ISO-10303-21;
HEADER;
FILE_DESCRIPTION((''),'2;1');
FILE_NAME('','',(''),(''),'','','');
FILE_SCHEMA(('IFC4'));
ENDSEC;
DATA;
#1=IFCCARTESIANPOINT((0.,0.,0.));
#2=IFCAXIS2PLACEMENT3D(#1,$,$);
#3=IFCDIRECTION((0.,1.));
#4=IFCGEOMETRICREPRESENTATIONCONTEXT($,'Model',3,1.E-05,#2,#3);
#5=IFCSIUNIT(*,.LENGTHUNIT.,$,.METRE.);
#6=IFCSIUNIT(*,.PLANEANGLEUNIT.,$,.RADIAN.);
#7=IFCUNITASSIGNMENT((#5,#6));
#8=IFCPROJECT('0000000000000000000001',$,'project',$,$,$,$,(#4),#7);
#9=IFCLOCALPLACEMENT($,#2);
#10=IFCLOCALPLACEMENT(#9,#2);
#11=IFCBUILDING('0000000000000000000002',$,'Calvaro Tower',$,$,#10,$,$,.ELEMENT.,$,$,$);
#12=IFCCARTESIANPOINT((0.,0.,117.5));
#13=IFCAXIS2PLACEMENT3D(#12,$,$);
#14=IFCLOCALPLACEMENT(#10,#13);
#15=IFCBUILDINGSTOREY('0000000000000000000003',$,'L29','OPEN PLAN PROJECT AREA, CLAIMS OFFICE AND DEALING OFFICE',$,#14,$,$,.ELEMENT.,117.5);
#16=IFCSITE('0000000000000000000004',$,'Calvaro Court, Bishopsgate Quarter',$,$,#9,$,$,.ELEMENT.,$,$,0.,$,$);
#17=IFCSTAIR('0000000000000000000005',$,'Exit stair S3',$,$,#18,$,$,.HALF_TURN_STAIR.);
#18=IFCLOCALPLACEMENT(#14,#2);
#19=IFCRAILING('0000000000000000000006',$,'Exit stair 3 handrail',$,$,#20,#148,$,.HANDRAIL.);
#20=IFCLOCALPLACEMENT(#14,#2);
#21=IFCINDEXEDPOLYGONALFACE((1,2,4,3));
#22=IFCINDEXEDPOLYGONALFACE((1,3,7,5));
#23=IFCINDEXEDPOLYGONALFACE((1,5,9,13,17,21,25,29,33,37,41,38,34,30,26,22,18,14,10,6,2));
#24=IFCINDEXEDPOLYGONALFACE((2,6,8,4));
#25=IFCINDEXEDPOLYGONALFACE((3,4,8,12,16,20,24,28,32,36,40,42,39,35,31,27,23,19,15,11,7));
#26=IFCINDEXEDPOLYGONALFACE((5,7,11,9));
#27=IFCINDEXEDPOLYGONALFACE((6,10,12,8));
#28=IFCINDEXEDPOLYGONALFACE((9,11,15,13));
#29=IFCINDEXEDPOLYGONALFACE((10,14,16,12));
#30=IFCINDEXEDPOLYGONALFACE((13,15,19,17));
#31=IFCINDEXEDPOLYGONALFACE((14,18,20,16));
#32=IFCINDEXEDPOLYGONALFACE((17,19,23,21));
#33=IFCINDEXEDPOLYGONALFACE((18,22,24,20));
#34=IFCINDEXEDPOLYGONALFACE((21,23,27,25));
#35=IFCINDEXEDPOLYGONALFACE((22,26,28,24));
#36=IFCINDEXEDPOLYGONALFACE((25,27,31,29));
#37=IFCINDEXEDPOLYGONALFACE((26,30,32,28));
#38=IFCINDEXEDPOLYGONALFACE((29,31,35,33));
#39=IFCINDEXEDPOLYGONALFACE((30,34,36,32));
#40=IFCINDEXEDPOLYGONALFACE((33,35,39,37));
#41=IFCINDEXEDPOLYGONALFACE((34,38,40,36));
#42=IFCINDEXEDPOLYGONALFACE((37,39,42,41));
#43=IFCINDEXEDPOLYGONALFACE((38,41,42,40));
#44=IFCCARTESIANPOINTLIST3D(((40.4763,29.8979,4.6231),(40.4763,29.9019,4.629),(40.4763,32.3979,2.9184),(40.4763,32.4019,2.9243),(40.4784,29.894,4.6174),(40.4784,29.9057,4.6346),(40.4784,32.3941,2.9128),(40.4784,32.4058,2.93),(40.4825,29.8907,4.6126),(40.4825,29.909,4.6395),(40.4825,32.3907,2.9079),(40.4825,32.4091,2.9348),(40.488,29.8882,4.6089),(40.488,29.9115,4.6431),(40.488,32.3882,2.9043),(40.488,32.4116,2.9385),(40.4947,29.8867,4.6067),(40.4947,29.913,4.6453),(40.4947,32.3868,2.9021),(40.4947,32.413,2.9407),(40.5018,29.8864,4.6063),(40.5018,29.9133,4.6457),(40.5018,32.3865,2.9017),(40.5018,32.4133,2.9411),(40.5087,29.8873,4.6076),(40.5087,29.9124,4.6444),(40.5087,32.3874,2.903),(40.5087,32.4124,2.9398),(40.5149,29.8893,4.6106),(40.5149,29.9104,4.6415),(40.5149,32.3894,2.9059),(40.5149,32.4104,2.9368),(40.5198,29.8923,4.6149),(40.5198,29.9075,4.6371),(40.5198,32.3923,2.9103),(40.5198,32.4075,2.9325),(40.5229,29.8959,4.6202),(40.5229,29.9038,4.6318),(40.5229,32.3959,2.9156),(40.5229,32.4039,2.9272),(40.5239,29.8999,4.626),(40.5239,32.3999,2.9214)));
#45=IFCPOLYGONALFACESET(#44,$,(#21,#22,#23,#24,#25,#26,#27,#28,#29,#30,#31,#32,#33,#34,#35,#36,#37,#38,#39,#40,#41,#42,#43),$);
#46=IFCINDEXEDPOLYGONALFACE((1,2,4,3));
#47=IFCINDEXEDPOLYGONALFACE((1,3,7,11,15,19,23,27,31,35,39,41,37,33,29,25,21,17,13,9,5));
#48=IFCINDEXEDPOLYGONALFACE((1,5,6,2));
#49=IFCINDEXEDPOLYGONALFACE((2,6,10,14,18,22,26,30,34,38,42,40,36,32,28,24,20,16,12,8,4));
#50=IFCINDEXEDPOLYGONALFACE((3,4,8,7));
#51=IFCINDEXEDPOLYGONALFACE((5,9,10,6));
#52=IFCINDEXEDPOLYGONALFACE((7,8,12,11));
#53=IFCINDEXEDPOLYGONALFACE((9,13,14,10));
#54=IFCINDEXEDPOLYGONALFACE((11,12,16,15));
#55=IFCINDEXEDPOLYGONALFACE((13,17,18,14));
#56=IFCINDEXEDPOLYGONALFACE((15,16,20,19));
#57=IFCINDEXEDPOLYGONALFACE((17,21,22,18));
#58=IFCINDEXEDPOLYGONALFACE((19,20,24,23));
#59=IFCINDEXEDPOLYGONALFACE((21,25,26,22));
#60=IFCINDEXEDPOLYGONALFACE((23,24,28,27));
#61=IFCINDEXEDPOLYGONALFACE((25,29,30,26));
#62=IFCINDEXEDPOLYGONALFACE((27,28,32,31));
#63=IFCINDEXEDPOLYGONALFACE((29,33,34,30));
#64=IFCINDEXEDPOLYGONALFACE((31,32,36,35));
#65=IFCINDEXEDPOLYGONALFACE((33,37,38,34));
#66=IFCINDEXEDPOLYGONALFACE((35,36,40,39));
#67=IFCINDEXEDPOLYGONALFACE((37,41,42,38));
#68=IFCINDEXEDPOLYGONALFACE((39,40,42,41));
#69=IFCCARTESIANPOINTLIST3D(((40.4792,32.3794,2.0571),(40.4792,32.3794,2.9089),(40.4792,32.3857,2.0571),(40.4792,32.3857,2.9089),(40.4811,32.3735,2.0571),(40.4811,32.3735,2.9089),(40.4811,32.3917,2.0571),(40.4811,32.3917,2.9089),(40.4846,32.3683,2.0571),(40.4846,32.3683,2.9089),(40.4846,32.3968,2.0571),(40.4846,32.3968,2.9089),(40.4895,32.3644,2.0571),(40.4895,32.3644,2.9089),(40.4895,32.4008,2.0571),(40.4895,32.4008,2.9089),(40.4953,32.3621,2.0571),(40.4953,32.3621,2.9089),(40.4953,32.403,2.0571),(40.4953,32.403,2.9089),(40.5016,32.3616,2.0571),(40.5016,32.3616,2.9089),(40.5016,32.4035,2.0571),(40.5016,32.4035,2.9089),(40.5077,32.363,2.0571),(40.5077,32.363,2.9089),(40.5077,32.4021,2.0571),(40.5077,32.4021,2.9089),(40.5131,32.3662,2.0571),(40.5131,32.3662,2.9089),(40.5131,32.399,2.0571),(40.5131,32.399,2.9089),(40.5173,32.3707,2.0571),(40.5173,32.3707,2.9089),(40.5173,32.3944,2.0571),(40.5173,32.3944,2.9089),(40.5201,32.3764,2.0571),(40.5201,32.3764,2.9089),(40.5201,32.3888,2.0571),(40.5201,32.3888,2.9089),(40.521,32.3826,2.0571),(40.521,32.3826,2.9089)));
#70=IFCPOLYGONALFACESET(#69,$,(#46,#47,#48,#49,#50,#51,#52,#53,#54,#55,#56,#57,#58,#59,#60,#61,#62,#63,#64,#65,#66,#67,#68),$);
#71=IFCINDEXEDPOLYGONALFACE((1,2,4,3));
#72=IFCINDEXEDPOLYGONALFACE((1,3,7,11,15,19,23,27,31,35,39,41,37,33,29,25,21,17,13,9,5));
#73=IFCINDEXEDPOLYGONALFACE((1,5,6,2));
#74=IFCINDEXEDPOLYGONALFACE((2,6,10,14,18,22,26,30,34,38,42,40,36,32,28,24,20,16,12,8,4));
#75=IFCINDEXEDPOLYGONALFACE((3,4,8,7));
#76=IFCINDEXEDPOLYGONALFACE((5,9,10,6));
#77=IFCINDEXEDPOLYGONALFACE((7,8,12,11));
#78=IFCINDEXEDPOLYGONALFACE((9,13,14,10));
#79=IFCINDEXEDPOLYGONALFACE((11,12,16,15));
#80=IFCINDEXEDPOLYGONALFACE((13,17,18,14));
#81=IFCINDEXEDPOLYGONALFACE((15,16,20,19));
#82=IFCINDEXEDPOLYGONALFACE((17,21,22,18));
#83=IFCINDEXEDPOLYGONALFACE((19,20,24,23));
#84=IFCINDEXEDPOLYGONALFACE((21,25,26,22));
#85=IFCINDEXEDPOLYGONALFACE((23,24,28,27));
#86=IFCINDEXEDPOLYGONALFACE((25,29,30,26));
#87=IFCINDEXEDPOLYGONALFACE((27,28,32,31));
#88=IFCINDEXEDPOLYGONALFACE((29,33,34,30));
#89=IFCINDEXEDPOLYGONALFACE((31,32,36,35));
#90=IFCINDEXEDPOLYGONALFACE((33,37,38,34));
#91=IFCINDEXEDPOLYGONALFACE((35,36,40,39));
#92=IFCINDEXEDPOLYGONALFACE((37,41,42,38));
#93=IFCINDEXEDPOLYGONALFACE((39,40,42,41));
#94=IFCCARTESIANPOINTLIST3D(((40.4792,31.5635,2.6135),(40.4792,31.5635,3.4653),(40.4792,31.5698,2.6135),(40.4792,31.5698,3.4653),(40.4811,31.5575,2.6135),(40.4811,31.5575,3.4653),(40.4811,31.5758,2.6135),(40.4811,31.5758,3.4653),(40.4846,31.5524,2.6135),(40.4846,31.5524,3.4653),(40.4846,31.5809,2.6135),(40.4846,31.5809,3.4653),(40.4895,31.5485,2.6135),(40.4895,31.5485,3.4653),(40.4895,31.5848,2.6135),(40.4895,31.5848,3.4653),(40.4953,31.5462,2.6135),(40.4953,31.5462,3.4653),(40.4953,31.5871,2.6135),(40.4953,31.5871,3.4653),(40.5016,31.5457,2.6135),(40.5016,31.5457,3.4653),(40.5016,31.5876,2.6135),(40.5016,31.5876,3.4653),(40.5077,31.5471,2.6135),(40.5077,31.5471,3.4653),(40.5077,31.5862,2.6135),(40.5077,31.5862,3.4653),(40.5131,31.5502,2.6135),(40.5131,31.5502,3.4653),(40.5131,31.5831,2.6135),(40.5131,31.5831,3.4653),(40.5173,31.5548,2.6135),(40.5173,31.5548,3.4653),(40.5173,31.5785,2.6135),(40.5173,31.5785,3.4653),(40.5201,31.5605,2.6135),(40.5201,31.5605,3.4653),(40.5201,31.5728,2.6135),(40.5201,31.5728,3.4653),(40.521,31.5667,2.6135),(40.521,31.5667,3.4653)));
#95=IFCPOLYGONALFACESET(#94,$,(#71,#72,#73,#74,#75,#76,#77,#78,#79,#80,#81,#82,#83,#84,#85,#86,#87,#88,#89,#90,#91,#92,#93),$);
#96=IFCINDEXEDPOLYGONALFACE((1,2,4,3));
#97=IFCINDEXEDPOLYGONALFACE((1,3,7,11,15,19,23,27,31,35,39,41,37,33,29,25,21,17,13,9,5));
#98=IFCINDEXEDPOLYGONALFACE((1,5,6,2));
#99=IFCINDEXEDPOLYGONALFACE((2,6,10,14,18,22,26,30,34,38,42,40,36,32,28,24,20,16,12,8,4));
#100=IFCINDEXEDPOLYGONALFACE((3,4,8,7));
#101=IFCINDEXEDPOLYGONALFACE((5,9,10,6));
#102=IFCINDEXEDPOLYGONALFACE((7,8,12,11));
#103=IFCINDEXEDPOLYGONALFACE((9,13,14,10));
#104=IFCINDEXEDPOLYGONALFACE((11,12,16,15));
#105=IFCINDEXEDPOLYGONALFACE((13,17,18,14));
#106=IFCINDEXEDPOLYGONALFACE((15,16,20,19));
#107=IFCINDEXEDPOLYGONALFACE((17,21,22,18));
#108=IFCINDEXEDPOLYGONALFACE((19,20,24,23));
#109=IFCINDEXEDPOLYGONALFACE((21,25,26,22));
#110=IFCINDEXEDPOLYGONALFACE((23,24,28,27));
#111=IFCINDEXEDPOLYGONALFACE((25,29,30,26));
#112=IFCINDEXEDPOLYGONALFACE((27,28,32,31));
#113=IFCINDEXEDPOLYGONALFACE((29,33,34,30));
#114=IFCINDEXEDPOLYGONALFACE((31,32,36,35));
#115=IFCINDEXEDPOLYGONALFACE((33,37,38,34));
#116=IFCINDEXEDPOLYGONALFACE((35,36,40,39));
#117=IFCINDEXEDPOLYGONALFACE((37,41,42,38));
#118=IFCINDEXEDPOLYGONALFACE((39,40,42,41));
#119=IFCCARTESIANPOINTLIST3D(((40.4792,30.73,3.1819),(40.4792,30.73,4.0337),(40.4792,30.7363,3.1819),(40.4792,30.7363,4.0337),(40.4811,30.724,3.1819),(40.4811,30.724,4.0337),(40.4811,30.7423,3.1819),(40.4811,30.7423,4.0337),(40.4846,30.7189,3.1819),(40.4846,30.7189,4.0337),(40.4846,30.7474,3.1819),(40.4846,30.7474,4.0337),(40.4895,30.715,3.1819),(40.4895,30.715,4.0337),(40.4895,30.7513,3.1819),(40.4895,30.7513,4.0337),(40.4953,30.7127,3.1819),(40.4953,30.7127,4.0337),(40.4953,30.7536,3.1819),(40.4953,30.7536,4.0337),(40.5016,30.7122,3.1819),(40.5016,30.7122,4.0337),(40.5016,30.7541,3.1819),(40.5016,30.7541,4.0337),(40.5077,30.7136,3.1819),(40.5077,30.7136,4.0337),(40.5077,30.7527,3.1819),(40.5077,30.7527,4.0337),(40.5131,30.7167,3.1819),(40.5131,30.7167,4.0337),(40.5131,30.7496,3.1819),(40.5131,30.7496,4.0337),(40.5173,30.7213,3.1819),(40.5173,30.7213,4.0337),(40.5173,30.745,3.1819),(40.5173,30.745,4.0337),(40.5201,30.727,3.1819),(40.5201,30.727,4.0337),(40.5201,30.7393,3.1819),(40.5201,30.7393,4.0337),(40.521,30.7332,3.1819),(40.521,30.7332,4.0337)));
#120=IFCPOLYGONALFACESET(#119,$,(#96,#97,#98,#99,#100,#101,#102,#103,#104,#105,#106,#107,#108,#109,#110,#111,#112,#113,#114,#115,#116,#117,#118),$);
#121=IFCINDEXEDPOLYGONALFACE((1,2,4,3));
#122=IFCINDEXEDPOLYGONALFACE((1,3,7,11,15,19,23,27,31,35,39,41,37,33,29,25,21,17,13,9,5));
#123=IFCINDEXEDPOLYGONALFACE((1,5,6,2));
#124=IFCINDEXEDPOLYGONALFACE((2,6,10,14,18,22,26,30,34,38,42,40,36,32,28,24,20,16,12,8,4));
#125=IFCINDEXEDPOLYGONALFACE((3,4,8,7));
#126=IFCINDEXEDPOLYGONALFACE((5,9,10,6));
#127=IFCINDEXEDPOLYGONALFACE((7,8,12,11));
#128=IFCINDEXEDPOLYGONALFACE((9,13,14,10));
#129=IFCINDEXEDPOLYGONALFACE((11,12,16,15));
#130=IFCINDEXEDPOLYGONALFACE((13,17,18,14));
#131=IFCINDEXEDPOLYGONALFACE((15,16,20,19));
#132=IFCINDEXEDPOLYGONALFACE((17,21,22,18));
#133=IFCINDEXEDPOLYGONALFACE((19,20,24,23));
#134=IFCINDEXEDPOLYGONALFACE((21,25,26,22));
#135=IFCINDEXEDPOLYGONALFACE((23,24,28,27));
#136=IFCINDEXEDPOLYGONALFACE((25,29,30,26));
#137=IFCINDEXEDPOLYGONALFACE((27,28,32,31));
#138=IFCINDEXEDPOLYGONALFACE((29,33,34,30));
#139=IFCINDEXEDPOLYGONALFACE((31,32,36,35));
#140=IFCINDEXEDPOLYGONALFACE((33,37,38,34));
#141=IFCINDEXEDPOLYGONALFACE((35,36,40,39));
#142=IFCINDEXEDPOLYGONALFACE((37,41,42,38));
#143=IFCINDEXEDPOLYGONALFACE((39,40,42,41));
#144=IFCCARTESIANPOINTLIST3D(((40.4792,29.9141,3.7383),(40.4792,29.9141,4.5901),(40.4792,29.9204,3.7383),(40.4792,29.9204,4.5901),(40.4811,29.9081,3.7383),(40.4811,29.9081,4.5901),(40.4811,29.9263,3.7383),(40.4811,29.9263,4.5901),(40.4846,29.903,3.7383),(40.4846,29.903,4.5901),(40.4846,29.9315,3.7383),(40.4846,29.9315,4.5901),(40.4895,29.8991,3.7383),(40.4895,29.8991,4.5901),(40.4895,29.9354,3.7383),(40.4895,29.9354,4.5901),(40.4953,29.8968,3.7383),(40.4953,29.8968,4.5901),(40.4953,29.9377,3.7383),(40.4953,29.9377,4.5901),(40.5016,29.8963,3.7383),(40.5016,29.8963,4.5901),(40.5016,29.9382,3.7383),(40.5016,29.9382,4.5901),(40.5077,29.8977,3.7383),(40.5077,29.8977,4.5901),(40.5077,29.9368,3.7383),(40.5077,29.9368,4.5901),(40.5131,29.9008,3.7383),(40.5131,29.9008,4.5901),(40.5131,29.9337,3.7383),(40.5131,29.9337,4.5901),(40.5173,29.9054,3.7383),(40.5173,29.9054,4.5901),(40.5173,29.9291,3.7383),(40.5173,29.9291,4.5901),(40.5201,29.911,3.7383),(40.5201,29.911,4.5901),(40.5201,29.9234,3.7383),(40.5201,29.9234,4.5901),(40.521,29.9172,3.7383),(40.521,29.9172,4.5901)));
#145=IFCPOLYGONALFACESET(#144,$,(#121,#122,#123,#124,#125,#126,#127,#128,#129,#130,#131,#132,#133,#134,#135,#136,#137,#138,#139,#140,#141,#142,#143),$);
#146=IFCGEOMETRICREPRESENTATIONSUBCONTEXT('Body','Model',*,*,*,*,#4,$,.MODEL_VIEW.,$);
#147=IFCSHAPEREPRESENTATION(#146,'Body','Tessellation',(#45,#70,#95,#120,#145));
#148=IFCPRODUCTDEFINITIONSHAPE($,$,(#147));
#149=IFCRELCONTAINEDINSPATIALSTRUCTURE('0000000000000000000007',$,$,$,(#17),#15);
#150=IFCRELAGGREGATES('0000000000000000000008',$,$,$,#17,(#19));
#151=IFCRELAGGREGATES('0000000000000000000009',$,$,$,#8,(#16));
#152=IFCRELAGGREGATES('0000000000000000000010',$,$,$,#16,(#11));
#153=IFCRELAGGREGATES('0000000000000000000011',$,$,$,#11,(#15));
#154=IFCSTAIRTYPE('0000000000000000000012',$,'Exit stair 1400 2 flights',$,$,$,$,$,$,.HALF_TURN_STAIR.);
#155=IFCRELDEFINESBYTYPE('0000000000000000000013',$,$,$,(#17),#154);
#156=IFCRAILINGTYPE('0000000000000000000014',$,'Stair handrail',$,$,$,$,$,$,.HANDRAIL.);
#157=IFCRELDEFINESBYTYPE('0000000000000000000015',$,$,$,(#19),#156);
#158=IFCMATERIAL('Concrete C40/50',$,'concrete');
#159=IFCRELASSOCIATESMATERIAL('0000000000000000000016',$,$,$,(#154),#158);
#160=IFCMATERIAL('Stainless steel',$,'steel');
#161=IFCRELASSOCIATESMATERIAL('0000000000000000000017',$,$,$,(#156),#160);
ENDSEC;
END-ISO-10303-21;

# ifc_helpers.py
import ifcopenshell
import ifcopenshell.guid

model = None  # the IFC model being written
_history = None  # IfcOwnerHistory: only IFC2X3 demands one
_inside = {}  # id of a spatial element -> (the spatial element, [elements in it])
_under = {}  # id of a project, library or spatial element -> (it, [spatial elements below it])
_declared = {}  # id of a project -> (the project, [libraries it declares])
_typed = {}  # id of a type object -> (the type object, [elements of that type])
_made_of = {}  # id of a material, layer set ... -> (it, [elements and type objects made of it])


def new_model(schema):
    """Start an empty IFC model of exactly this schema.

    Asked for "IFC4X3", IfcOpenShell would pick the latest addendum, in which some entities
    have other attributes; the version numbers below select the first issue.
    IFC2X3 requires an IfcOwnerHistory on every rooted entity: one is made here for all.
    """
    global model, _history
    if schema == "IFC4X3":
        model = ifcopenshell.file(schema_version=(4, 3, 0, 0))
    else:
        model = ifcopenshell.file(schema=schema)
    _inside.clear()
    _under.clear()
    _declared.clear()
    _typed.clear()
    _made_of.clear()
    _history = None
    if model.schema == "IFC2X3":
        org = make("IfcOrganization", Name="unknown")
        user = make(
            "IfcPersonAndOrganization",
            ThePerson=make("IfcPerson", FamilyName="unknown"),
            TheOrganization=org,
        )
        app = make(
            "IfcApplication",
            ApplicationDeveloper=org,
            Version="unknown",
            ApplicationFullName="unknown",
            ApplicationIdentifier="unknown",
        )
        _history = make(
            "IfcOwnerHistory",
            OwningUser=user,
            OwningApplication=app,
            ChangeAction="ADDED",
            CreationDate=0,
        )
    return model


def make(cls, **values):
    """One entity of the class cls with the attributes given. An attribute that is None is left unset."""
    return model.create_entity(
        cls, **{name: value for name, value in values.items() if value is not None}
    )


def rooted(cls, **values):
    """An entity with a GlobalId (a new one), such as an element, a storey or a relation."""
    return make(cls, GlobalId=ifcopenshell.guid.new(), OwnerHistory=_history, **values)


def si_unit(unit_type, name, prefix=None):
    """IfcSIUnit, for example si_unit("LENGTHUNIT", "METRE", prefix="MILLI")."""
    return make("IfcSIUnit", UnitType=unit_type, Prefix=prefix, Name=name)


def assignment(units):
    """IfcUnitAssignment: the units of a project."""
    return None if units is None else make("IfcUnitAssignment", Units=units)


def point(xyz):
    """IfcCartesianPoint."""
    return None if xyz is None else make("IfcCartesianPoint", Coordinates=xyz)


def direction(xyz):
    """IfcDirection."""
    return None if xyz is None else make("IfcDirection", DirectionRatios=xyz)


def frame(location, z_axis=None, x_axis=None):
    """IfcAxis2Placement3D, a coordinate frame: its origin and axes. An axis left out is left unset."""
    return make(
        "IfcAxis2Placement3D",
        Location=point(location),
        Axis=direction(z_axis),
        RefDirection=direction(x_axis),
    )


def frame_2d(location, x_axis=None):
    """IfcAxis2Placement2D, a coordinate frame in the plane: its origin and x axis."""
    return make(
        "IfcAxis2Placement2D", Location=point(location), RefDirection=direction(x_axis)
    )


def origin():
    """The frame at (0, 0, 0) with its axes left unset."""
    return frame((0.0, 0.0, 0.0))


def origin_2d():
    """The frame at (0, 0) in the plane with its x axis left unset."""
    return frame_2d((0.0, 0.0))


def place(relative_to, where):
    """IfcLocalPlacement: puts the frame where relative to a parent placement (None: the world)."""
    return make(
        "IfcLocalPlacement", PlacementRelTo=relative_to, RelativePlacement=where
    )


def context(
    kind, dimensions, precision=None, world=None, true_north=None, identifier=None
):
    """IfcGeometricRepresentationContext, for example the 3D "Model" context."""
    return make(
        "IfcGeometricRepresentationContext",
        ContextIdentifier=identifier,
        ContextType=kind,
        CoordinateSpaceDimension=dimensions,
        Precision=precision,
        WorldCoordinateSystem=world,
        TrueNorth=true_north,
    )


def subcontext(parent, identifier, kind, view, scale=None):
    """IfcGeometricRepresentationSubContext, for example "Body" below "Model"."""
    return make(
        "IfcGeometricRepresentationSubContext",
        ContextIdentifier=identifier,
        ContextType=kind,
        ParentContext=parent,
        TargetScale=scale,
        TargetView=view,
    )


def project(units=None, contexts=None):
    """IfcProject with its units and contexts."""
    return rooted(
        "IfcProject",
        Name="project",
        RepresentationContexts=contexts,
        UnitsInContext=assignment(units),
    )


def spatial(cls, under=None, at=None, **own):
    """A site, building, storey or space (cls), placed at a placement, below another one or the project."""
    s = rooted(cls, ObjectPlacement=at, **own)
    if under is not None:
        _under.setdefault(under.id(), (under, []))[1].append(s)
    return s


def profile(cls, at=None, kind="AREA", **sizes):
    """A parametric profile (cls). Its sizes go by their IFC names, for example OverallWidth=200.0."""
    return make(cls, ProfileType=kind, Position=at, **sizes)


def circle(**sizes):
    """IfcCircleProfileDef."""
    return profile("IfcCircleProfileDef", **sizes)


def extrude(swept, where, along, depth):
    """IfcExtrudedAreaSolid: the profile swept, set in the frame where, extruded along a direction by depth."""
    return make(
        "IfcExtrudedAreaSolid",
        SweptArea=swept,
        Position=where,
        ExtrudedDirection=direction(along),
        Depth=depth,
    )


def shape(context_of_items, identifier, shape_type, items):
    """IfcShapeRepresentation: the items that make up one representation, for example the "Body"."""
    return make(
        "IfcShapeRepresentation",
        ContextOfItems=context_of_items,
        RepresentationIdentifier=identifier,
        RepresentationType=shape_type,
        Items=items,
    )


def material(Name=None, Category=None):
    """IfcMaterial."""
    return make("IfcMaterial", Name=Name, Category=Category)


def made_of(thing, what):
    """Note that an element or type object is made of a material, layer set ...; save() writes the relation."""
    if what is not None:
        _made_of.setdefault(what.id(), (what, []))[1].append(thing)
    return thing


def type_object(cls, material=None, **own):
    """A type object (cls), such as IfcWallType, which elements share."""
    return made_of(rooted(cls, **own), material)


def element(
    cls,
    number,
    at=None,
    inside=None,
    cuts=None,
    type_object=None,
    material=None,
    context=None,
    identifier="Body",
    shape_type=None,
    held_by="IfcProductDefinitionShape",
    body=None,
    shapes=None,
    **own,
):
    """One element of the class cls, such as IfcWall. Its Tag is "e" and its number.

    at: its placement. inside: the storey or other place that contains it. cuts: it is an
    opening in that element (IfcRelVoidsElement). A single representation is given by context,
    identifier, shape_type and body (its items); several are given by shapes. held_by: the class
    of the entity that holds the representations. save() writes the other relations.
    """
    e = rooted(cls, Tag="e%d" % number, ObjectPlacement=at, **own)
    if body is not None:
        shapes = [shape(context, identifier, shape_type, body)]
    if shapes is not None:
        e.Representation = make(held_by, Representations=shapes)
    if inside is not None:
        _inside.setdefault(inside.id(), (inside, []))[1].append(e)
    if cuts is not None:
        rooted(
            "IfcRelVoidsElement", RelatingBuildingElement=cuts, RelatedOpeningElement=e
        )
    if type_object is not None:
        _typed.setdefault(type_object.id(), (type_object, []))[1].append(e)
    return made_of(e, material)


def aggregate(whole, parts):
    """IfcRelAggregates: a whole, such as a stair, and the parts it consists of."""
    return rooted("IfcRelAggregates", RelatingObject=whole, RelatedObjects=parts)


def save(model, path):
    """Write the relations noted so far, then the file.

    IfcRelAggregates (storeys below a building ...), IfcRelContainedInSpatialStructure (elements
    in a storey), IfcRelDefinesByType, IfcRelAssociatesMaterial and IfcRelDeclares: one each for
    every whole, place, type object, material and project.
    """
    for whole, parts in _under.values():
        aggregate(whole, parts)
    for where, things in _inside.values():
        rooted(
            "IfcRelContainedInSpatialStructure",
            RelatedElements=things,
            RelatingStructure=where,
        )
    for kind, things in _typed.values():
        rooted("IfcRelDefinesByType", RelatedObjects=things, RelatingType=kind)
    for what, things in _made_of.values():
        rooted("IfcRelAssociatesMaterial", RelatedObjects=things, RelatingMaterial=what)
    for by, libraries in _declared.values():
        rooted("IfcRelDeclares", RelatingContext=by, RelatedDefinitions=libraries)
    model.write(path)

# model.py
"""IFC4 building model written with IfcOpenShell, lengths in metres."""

from ifc_helpers import new_model, si_unit, direction, frame, origin, origin_2d, place, context, subcontext, project, spatial, circle, extrude, material, type_object, element, aggregate, save


model = new_model("IFC4")

# Units and contexts
model_context = context("Model", 3, precision=1e-05, world=origin(), true_north=direction((0.0, 1.0)))
body_context = subcontext(model_context, "Body", "Model", "MODEL_VIEW")
ifc_project = project(units=[si_unit("LENGTHUNIT", "METRE"), si_unit("PLANEANGLEUNIT", "RADIAN")], contexts=[model_context])

# Site, building, storey
site_placement = place(None, origin())
site = spatial("IfcSite", under=ifc_project, at=site_placement, Name="Calvaro Court, Bishopsgate Quarter", CompositionType="ELEMENT", RefElevation=0.0)
building_placement = place(site_placement, origin())
building = spatial("IfcBuilding", under=site, at=building_placement, Name="Calvaro Tower", CompositionType="ELEMENT")
storey_placement = place(building_placement, frame((0.0, 0.0, 117.5)))
storey = spatial("IfcBuildingStorey", under=building, at=storey_placement, Name="L29", Description="OPEN PLAN PROJECT AREA, CLAIMS OFFICE AND DEALING OFFICE", CompositionType="ELEMENT", Elevation=117.5)

# Stair
ifc_material_1 = material(Name="Concrete C40/50", Category="concrete")
stair_type = type_object("IfcStairType", Name="Exit stair 1400 2 flights", PredefinedType="HALF_TURN_STAIR", material=ifc_material_1)
stair_1_placement = place(storey_placement, origin())
stair_1 = element("IfcStair", 1, at=stair_1_placement, inside=storey, type_object=stair_type, Name="Exit stair S3", PredefinedType="HALF_TURN_STAIR")

# Railing
ifc_material_2 = material(Name="Stainless steel", Category="steel")
railing_type = type_object("IfcRailingType", Name="Stair handrail", PredefinedType="HANDRAIL", material=ifc_material_2)
railing_1_placement = place(storey_placement, frame((40.5, 32.3999, 2.0454)))
railing_1 = element("IfcRailing", 2, at=railing_1_placement, type_object=railing_type, Name="Exit stair 3 handrail", PredefinedType="HANDRAIL", context=body_context, shape_type="SweptSolid", body=[
    extrude(circle(Radius=0.0239, at=origin_2d()), frame((0.0, 0.0, 0.876), z_axis=(0.0, -0.826221, 0.563347), x_axis=(1.0, 0.0, 0.0)), (0.0, 0.0, 1.0), 3.0259),
    extrude(circle(Radius=0.021, at=origin_2d()), frame((0.0, -0.0173, 0.0117)), (0.0, 0.0, 1.0), 0.8518),
    extrude(circle(Radius=0.021, at=origin_2d()), frame((0.0, -0.8333, 0.5681)), (0.0, 0.0, 1.0), 0.8518),
    extrude(circle(Radius=0.021, at=origin_2d()), frame((0.0, -1.6667, 1.1365)), (0.0, 0.0, 1.0), 0.8518),
    extrude(circle(Radius=0.021, at=origin_2d()), frame((0.0, -2.4827, 1.6929)), (0.0, 0.0, 1.0), 0.8518),
])
aggregate(stair_1, [railing_1])

save(model, "model.ifc")
